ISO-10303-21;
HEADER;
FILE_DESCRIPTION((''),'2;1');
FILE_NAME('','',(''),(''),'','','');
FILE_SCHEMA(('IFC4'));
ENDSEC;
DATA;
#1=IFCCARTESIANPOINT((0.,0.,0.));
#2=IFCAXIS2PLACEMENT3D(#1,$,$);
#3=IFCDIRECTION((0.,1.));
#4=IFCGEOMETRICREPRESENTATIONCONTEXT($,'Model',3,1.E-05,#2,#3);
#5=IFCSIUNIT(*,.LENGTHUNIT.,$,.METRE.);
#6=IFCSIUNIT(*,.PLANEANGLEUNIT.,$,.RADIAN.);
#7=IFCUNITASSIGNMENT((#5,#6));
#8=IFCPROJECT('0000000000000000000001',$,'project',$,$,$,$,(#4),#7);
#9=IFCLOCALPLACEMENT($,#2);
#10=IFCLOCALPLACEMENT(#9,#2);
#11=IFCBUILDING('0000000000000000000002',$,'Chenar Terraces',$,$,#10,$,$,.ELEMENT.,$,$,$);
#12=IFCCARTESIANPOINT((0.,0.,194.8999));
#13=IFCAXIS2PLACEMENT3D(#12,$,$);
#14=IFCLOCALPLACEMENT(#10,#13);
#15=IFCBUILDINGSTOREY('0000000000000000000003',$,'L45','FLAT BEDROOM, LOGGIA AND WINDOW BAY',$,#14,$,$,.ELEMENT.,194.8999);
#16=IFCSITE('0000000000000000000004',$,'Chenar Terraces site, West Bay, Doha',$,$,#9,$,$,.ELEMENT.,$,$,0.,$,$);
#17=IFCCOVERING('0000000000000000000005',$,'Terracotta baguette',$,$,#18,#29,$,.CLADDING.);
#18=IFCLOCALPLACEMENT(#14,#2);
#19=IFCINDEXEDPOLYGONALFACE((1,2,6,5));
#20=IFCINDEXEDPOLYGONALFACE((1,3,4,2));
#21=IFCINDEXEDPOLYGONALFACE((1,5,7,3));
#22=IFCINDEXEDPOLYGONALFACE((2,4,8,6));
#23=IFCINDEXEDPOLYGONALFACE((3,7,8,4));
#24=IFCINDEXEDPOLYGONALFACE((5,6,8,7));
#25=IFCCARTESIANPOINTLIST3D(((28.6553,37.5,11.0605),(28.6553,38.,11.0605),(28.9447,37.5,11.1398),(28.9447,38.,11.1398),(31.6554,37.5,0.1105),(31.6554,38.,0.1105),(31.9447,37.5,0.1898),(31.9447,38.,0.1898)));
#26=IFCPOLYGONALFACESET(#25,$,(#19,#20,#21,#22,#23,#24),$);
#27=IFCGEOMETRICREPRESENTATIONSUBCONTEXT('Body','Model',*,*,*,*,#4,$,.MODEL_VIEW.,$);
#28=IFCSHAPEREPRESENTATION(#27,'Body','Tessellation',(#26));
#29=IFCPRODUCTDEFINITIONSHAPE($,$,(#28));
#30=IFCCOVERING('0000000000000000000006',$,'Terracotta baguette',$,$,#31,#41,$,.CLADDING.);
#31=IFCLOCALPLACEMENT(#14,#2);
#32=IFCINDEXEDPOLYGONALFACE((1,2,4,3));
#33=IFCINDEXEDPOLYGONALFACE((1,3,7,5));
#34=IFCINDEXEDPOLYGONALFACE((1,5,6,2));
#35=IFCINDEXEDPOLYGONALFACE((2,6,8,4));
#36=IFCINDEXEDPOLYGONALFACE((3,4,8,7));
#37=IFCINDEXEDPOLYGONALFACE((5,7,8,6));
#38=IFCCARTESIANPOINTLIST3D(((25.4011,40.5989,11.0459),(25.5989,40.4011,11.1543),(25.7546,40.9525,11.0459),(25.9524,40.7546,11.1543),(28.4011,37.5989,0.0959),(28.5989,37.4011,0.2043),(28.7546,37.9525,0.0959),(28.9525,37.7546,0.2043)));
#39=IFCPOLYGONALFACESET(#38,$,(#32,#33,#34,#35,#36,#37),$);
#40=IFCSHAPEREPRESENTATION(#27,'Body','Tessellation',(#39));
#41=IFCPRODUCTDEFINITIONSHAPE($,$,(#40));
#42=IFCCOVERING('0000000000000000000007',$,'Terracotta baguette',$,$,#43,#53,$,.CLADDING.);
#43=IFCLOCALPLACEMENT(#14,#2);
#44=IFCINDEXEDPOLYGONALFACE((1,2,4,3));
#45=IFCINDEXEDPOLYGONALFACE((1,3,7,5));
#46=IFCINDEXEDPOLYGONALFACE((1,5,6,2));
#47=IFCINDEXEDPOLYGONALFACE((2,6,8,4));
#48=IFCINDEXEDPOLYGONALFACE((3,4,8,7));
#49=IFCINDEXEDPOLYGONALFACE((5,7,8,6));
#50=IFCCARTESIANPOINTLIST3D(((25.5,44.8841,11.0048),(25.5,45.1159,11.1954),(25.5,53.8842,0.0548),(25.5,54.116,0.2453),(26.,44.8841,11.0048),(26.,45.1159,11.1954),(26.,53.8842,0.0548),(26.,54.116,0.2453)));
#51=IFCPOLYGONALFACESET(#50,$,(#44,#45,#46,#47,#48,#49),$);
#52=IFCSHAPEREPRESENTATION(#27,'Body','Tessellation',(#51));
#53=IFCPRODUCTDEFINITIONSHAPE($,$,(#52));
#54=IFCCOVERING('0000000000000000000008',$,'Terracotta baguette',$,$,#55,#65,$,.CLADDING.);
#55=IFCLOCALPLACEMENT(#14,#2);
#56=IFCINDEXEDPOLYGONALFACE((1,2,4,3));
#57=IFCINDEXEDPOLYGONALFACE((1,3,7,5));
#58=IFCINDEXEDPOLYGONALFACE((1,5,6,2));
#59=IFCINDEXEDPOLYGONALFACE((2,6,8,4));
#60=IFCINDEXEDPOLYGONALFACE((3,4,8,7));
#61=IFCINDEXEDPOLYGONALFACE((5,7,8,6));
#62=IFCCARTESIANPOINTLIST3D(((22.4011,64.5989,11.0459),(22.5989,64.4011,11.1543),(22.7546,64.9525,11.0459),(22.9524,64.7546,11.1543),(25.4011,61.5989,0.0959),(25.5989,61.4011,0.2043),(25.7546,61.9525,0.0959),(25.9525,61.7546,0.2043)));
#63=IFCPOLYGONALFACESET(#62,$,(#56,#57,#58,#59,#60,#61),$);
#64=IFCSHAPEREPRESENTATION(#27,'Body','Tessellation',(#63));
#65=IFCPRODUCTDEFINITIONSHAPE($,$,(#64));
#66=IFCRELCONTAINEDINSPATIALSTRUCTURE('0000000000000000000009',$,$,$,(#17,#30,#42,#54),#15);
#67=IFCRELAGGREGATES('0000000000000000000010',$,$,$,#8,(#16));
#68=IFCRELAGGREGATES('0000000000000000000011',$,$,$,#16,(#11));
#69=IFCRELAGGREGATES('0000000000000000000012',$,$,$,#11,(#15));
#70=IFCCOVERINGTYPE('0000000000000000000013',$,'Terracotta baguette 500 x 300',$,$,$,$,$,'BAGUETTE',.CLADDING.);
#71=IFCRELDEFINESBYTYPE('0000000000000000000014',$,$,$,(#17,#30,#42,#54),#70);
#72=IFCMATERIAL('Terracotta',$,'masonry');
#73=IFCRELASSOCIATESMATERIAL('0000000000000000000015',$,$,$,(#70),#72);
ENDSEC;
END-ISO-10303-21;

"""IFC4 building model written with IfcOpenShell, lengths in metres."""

from ifc_helpers import new_model, si_unit, direction, frame, origin, origin_2d, place, context, subcontext, project, spatial, rectangle, extrude, material, material_profile, profile_set, type_object, element, save


model = new_model("IFC4")

# Units and contexts
model_context = context("Model", 3, precision=1e-05, world=origin(), true_north=direction((0.0, 1.0)))
body_context = subcontext(model_context, "Body", "Model", "MODEL_VIEW")
ifc_project = project(units=[si_unit("LENGTHUNIT", "METRE"), si_unit("PLANEANGLEUNIT", "RADIAN")], contexts=[model_context])

# Site, building, storey
site_placement = place(None, origin())
site = spatial("IfcSite", under=ifc_project, at=site_placement, Name="Chenar Terraces site, West Bay, Doha", CompositionType="ELEMENT", RefElevation=0.0)
building_placement = place(site_placement, origin())
building = spatial("IfcBuilding", under=site, at=building_placement, Name="Chenar Terraces", CompositionType="ELEMENT")
storey_placement = place(building_placement, frame((0.0, 0.0, 194.8999)))
storey = spatial("IfcBuildingStorey", under=building, at=storey_placement, Name="L45", Description="FLAT BEDROOM, LOGGIA AND WINDOW BAY", CompositionType="ELEMENT", Elevation=194.8999)

# Coverings
ifc_material_1 = material(Name="Terracotta", Category="masonry")
ifc_material_profile_1 = material_profile(ifc_material_1, rectangle(XDim=0.5, YDim=0.3, at=origin_2d()), Name="Terracotta baguette 500 x 300")
ifc_profile_set_1 = profile_set([ifc_material_profile_1], Name="Terracotta")
covering_type = type_object("IfcCoveringType", Name="Terracotta baguette 500 x 300", ElementType="BAGUETTE", PredefinedType="CLADDING", material=ifc_profile_set_1)
covering_1_placement = place(storey_placement, frame((31.8, 37.75, 0.1501), z_axis=(-0.264236, 0.0, 0.964458), x_axis=(0.0, -1.0, 0.0)))
element("IfcCovering", 1, at=covering_1_placement, inside=storey, type_object=covering_type, Name="Terracotta baguette", PredefinedType="CLADDING", context=body_context, shape_type="SweptSolid", body=[
    extrude(rectangle(XDim=0.5, YDim=0.3, at=origin_2d()), origin(), (0.0, 0.0, 1.0), 11.3535),
])
covering_2_placement = place(storey_placement, frame((28.6768, 37.6768, 0.1501), z_axis=(-0.255468, 0.255468, 0.932455), x_axis=(-0.707107, -0.707107, 0.0)))
element("IfcCovering", 2, at=covering_2_placement, inside=storey, type_object=covering_type, Name="Terracotta baguette", PredefinedType="CLADDING", context=body_context, shape_type="SweptSolid", body=[
    extrude(rectangle(XDim=0.5, YDim=0.3, at=origin_2d()), origin(), (0.0, 0.0, 1.0), 11.7432),
])
covering_3_placement = place(storey_placement, frame((25.75, 45.0, 11.1001), z_axis=(0.0, 0.634967, -0.772539), x_axis=(-1.0, 0.0, 0.0)))
element("IfcCovering", 3, at=covering_3_placement, inside=storey, type_object=covering_type, Name="Terracotta baguette", PredefinedType="CLADDING", context=body_context, shape_type="SweptSolid", body=[
    extrude(rectangle(XDim=0.5, YDim=0.3, at=origin_2d()), origin(), (0.0, 0.0, 1.0), 14.1741),
])
covering_4_placement = place(storey_placement, frame((25.6768, 61.6768, 0.1501), z_axis=(-0.255468, 0.255468, 0.932455), x_axis=(-0.707107, -0.707107, 0.0)))
element("IfcCovering", 4, at=covering_4_placement, inside=storey, type_object=covering_type, Name="Terracotta baguette", PredefinedType="CLADDING", context=body_context, shape_type="SweptSolid", body=[
    extrude(rectangle(XDim=0.5, YDim=0.3, at=origin_2d()), origin(), (0.0, 0.0, 1.0), 11.7432),
])

save(model, "model.ifc")
